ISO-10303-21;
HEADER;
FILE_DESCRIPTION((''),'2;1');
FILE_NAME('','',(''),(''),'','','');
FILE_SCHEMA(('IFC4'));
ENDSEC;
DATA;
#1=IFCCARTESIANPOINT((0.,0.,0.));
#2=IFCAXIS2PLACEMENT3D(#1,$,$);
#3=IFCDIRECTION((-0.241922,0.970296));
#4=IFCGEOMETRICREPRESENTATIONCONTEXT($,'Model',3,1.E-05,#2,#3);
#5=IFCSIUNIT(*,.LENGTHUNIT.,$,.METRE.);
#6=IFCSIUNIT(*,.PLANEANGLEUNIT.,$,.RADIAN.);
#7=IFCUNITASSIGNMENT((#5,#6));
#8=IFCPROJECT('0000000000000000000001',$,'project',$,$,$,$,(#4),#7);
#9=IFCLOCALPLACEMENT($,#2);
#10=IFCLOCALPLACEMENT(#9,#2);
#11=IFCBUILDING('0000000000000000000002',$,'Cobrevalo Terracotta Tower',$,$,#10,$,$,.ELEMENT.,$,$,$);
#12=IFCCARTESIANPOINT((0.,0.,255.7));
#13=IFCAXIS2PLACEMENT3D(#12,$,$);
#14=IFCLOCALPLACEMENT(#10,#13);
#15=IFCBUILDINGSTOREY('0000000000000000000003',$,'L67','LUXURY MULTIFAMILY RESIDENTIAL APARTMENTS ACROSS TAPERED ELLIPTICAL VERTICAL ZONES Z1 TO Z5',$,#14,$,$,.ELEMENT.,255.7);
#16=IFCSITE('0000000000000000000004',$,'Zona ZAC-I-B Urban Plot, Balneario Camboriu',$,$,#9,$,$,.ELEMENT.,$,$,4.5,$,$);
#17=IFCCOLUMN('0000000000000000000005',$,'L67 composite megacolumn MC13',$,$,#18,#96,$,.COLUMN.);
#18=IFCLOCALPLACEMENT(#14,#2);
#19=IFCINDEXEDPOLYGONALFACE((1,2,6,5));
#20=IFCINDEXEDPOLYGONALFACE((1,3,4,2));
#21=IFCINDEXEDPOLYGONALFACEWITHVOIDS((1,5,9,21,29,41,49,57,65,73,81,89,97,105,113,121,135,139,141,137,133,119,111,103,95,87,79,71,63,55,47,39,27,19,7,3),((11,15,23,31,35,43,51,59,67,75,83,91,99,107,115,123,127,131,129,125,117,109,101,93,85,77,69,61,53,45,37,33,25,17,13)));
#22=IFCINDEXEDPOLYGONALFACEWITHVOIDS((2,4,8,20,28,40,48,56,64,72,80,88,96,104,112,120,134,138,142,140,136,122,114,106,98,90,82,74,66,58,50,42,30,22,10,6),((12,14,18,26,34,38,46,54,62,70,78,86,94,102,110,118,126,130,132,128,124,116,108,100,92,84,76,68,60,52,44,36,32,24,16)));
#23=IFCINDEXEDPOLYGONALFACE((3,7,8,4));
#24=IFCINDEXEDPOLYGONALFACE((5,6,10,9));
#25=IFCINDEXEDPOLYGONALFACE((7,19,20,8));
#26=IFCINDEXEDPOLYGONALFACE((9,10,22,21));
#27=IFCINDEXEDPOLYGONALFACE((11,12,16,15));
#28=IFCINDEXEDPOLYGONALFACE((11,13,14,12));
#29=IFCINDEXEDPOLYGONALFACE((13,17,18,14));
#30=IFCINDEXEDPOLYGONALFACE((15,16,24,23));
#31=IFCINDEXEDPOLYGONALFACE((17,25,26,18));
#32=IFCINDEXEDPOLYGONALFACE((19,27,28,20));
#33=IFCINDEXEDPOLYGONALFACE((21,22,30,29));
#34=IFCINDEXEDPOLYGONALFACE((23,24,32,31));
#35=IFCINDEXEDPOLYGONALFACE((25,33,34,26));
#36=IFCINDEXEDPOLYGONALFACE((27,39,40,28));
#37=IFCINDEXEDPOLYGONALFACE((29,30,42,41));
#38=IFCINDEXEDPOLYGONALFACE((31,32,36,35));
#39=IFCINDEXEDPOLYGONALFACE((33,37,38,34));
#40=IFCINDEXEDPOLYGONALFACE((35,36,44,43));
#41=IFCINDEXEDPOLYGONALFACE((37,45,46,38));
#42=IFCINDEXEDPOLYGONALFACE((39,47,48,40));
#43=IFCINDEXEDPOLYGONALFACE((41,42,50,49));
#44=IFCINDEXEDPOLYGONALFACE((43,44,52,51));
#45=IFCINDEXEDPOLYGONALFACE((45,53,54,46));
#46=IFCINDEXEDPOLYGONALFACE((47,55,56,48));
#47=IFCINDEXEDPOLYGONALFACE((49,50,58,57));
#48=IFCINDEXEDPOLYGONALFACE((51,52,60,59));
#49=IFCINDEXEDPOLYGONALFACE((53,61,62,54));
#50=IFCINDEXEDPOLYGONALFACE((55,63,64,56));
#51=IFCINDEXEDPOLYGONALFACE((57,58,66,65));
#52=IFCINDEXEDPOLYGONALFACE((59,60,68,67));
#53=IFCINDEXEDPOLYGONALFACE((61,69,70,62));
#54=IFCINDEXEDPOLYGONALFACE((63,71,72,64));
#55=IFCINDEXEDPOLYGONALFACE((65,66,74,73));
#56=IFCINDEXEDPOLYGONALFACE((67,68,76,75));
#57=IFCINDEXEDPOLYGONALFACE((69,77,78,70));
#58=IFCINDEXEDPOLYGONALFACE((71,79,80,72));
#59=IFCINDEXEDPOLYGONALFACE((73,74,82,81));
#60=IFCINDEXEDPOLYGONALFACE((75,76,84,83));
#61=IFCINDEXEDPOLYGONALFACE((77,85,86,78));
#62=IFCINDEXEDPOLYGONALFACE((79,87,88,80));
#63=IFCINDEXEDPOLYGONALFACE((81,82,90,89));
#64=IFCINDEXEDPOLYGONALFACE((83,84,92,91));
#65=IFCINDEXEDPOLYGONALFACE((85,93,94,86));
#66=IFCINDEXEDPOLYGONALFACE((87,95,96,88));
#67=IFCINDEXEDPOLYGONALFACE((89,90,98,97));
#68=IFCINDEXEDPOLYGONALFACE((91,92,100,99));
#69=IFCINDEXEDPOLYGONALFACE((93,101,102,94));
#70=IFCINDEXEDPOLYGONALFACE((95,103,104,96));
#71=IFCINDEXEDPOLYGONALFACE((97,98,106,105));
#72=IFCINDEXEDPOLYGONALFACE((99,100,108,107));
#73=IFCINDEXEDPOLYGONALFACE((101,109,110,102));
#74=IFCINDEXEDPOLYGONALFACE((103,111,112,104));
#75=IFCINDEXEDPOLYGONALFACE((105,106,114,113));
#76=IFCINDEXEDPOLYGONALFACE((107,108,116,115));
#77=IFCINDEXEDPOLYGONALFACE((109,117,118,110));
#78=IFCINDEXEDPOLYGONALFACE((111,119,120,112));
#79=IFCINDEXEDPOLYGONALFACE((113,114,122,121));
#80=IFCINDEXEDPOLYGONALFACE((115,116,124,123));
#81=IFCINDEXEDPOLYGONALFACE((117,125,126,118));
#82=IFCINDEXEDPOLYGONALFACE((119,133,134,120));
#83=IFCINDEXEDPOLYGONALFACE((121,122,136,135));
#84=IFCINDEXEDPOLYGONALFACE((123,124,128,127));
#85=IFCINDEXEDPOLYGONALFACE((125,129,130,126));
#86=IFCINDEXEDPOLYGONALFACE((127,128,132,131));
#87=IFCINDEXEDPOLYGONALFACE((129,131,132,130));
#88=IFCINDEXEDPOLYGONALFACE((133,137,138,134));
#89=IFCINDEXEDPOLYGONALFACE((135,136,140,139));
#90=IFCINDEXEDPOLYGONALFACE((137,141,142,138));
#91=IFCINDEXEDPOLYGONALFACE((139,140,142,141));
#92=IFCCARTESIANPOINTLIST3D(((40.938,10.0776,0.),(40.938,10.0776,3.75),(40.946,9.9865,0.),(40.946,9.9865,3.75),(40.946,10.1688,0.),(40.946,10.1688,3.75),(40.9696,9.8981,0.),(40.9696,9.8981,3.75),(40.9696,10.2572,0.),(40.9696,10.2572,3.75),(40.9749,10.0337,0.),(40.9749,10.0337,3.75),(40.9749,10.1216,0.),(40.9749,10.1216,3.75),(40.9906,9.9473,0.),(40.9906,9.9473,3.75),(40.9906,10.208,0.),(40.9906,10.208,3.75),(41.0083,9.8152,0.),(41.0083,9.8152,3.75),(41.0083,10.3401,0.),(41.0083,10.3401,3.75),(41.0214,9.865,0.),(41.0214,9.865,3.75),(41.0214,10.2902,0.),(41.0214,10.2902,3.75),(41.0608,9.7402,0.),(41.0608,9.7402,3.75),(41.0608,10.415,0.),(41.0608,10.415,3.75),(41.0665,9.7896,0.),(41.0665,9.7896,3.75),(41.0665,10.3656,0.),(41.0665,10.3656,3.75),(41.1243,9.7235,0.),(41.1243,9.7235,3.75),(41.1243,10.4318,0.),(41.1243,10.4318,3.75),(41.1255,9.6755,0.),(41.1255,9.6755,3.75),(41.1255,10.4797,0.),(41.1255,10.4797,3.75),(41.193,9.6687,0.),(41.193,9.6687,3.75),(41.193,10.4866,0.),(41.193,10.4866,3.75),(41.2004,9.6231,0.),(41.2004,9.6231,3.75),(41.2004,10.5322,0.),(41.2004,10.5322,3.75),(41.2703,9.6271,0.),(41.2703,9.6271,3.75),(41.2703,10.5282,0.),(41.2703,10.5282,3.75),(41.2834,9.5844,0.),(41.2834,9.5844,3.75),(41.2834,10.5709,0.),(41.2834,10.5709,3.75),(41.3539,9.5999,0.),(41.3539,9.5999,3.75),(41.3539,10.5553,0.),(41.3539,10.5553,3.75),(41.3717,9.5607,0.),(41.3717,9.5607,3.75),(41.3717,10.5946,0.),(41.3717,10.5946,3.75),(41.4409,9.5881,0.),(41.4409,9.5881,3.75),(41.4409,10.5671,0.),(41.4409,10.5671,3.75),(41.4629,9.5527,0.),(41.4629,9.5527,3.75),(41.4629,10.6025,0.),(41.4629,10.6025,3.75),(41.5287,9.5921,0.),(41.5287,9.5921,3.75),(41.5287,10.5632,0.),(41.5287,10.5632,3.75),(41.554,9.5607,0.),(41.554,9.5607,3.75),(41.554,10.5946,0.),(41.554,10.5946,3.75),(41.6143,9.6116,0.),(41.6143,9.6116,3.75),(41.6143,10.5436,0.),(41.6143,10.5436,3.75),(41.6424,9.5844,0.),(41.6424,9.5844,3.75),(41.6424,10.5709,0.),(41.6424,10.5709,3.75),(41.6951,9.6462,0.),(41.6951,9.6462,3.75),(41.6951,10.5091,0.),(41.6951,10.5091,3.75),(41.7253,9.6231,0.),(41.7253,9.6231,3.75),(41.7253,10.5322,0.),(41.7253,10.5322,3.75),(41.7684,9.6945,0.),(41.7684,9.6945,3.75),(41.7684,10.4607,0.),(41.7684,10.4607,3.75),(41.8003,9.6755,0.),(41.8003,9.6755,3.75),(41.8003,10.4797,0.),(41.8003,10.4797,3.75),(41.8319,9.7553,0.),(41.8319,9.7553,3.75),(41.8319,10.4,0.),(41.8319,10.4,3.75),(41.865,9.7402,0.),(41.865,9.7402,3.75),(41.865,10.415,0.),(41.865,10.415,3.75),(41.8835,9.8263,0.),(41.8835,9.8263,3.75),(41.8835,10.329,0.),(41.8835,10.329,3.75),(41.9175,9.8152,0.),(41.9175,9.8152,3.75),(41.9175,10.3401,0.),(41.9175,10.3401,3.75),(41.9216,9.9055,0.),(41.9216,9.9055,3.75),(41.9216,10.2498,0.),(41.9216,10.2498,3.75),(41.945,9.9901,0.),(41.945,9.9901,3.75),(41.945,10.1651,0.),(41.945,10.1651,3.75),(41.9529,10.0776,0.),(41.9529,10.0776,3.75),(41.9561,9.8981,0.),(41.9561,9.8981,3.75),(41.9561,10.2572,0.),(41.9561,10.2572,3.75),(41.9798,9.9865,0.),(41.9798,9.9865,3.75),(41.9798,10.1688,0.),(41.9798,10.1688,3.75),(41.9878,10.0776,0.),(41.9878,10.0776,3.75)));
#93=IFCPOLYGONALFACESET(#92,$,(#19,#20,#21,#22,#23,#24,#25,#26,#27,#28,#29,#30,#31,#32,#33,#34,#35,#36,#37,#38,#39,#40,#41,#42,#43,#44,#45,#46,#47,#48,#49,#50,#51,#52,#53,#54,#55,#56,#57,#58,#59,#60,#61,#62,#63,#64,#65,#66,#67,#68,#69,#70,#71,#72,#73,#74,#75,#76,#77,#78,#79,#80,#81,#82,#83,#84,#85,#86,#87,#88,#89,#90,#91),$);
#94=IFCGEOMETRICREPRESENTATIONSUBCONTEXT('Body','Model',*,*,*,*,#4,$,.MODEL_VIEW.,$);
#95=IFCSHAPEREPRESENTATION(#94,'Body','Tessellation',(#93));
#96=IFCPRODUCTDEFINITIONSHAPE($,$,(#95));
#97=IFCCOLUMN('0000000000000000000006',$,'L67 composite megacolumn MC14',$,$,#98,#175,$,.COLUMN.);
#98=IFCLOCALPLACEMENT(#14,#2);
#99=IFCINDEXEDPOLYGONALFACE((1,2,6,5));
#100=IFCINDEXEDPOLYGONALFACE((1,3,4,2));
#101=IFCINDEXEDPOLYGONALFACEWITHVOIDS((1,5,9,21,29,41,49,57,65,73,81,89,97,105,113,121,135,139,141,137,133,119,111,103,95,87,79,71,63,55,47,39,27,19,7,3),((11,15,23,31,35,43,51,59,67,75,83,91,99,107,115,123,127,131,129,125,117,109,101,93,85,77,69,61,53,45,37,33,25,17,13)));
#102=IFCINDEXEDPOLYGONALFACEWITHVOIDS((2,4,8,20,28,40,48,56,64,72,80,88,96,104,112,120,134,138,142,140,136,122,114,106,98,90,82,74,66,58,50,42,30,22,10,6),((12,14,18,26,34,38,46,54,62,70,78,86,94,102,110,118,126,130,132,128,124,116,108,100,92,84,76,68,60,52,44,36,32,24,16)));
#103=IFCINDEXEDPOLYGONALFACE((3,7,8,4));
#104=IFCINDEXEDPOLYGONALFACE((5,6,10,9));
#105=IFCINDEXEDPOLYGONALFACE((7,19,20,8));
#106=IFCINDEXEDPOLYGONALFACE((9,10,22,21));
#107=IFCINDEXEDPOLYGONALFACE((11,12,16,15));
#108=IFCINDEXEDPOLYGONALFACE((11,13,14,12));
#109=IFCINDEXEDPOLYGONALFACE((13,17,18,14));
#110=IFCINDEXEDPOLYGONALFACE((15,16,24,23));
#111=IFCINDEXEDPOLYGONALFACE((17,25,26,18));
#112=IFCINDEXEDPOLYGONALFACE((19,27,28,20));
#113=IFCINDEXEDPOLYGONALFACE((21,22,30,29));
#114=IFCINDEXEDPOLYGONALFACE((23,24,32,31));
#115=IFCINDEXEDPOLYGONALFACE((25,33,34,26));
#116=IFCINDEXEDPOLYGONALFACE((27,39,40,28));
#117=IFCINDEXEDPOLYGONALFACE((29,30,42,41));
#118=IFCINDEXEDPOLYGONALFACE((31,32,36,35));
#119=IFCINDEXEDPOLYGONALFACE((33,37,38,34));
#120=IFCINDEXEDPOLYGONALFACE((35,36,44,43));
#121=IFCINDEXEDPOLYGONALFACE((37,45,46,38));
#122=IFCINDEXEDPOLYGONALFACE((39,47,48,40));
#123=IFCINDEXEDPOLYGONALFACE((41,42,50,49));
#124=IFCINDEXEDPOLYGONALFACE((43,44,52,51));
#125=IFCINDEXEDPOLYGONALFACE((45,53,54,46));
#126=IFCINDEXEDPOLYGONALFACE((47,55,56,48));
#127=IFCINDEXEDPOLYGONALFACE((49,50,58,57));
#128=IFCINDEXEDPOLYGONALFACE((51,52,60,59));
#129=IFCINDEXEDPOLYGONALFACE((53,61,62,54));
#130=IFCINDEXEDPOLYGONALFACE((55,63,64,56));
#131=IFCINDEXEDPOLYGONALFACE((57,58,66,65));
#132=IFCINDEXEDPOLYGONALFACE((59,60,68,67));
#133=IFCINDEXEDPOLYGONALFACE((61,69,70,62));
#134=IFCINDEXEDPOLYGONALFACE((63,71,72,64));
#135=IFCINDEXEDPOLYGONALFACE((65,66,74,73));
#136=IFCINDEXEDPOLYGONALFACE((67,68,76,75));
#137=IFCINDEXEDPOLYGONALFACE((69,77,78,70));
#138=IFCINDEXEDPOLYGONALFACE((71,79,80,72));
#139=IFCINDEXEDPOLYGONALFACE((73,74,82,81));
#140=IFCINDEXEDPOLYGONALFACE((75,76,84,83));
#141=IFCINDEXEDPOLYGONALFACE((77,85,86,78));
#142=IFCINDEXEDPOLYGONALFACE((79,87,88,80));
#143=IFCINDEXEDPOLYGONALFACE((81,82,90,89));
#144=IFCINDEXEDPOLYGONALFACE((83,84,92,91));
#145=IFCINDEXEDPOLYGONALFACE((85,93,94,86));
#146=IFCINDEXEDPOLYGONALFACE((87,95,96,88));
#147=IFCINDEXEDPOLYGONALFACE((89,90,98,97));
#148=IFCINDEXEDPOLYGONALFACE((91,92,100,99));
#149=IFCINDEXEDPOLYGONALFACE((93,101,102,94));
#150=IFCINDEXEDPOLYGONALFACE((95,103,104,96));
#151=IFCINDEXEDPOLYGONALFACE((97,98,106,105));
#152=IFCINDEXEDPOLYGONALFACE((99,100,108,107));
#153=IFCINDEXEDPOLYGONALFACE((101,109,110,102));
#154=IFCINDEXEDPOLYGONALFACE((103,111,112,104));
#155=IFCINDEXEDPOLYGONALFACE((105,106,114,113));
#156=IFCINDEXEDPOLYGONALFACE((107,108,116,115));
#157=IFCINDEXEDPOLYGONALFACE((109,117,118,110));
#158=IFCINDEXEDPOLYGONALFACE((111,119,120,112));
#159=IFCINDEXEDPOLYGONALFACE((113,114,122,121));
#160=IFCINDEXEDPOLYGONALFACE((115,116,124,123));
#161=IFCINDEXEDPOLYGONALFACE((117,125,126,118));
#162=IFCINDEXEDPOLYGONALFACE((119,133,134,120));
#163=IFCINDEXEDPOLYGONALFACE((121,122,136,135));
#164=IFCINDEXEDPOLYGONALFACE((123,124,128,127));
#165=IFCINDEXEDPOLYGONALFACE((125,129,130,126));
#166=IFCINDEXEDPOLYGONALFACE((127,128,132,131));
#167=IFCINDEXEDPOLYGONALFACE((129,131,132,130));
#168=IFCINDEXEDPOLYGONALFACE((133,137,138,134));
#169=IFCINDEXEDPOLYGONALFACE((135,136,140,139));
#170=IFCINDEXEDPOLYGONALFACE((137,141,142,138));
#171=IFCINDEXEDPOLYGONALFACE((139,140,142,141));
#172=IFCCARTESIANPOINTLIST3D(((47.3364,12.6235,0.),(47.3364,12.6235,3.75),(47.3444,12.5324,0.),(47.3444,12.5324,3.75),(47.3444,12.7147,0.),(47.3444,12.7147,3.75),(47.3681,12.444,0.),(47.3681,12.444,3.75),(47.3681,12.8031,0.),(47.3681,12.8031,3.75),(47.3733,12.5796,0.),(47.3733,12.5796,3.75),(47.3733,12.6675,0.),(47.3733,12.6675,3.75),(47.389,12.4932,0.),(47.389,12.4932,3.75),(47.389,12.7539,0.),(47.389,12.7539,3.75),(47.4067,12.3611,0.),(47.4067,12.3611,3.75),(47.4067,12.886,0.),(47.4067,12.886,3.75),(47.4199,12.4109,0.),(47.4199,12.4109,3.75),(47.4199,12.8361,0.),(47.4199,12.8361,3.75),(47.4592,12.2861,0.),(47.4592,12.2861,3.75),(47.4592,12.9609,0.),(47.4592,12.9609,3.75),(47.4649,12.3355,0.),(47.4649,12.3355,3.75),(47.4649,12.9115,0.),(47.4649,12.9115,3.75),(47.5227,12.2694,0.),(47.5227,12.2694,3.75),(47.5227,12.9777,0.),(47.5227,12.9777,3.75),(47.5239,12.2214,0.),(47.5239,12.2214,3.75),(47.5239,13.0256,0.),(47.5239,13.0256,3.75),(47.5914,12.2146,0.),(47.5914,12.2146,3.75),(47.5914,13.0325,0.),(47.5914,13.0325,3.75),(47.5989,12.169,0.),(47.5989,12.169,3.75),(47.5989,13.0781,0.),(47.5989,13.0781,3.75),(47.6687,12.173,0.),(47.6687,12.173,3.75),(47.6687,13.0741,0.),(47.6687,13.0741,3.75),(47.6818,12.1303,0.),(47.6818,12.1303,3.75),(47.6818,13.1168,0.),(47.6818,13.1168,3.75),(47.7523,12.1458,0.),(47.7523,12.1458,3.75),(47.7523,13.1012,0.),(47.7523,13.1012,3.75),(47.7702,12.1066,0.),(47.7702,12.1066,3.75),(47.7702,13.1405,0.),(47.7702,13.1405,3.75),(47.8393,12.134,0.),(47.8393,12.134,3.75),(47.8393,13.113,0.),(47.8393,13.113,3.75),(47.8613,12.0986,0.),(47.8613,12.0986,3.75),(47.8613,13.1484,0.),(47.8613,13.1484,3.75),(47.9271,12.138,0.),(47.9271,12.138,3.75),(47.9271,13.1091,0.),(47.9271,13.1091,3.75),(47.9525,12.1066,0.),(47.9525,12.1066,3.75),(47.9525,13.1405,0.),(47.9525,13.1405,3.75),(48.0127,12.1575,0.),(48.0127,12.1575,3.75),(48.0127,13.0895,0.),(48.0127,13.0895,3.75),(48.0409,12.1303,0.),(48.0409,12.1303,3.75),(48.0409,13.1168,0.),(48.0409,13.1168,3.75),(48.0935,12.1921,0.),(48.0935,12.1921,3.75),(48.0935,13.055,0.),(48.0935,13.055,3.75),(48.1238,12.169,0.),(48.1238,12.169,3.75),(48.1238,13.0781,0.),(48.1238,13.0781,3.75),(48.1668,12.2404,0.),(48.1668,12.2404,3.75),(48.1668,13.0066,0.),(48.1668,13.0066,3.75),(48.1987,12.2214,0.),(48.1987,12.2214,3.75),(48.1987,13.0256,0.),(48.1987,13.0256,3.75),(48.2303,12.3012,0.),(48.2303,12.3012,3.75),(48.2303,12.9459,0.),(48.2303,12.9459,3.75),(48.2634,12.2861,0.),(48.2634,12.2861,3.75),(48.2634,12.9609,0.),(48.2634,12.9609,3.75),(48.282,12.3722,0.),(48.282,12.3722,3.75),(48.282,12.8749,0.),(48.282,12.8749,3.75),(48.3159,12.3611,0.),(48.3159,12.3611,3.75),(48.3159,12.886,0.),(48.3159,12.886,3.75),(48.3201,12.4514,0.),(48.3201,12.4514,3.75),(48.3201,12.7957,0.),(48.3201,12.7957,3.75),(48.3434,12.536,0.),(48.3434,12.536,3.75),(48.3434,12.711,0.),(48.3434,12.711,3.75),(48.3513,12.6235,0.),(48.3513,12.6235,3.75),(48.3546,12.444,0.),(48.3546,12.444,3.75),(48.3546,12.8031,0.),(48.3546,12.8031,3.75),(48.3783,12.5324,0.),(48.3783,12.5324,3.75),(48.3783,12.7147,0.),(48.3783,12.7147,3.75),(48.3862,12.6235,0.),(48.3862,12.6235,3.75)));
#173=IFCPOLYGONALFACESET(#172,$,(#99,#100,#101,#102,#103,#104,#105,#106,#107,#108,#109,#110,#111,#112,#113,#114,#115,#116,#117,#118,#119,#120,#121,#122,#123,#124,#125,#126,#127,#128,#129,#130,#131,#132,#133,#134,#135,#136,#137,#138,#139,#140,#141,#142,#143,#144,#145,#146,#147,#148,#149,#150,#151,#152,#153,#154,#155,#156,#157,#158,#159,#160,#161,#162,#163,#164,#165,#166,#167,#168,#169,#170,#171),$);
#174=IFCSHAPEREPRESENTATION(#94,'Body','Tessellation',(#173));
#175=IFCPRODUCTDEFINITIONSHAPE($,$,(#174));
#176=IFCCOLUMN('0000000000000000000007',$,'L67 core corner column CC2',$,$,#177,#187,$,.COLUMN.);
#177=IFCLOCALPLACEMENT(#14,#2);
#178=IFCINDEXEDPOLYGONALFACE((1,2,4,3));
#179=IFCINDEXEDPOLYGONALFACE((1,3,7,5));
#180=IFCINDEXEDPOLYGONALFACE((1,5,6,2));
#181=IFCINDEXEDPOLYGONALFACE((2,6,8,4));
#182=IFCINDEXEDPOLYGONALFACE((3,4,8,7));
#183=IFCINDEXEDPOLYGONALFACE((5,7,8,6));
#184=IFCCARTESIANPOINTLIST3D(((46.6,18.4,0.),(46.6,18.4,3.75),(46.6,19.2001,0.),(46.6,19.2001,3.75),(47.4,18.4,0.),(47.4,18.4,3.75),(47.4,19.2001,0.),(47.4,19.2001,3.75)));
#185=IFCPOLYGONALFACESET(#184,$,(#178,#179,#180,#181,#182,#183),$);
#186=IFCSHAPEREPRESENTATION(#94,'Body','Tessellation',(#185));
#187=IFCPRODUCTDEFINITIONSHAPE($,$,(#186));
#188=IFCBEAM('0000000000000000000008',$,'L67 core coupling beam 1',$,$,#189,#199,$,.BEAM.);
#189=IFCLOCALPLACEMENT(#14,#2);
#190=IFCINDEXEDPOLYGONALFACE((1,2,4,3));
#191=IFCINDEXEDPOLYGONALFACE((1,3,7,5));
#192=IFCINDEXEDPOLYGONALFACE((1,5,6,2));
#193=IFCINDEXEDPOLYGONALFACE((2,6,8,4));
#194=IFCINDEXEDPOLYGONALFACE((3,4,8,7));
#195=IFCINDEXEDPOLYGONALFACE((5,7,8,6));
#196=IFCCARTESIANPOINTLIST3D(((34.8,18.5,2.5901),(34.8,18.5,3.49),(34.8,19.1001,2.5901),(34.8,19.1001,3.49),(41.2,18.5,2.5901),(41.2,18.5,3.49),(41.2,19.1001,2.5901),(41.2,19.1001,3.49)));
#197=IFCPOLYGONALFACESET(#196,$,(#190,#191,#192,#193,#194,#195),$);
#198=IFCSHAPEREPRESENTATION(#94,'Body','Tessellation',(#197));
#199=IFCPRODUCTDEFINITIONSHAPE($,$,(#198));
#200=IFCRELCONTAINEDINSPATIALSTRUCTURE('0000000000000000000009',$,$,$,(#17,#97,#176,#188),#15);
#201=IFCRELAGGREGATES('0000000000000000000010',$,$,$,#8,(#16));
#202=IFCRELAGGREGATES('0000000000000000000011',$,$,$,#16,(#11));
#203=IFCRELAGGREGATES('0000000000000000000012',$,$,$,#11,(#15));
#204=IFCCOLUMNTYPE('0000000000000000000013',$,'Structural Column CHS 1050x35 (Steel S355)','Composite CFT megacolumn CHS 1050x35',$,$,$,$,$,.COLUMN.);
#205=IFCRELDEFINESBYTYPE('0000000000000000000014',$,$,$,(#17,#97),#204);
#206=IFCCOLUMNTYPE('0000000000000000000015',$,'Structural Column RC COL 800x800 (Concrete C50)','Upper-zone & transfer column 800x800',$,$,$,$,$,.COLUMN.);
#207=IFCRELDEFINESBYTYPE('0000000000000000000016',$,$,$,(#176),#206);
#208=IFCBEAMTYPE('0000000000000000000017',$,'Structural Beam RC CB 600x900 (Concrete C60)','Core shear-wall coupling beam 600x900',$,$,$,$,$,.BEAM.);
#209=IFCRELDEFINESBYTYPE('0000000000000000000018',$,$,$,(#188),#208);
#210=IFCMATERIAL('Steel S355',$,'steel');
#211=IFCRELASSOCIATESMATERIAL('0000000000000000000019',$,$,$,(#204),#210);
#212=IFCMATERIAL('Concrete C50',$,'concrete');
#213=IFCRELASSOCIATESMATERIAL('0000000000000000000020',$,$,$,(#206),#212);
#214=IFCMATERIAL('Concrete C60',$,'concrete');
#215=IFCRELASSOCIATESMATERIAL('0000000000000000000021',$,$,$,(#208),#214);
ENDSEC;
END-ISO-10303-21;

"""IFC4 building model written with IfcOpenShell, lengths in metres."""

from ifc_helpers import new_model, si_unit, direction, frame, origin, origin_2d, place, context, subcontext, project, spatial, rectangle, hollow_circle, extrude, material, material_profile, profile_set, type_object, element, save


model = new_model("IFC4")

# Units and contexts
model_context = context("Model", 3, precision=1e-05, world=origin(), true_north=direction((-0.241922, 0.970296)))
body_context = subcontext(model_context, "Body", "Model", "MODEL_VIEW")
ifc_project = project(units=[si_unit("LENGTHUNIT", "METRE"), si_unit("PLANEANGLEUNIT", "RADIAN")], contexts=[model_context])

# Site, building, storey
site_placement = place(None, origin())
site = spatial("IfcSite", under=ifc_project, at=site_placement, Name="Zona ZAC-I-B Urban Plot, Balneario Camboriu", CompositionType="ELEMENT", RefElevation=4.5)
building_placement = place(site_placement, origin())
building = spatial("IfcBuilding", under=site, at=building_placement, Name="Cobrevalo Terracotta Tower", CompositionType="ELEMENT")
storey_placement = place(building_placement, frame((0.0, 0.0, 255.7)))
storey = spatial("IfcBuildingStorey", under=building, at=storey_placement, Name="L67", Description="LUXURY MULTIFAMILY RESIDENTIAL APARTMENTS ACROSS TAPERED ELLIPTICAL VERTICAL ZONES Z1 TO Z5", CompositionType="ELEMENT", Elevation=255.7)

# Columns
ifc_material_1 = material(Name="Steel S355", Category="steel")
ifc_material_profile_1 = material_profile(ifc_material_1, hollow_circle(Radius=0.5249, WallThickness=0.0349, at=origin_2d()), Name="CHS 1050x35")
ifc_profile_set_1 = profile_set([ifc_material_profile_1], Name="Steel S355")
column_type_1 = type_object("IfcColumnType", Name="Structural Column CHS 1050x35 (Steel S355)", Description="Composite CFT megacolumn CHS 1050x35", PredefinedType="COLUMN", material=ifc_profile_set_1)
for number, where, z_axis, x_axis, name in (
    (1, (41.4629, 10.0776, 0.0), (0.0, 0.0, 1.0), (1.0, 0.0, 0.0), "L67 composite megacolumn MC13"),
    (2, (47.8613, 12.6235, 0.0), (0.0, 0.0, 1.0), (1.0, 0.0, 0.0), "L67 composite megacolumn MC14"),
):
    element("IfcColumn", number, at=place(storey_placement, frame(where, z_axis=z_axis, x_axis=x_axis)), inside=storey, type_object=column_type_1, Name=name, PredefinedType="COLUMN", context=body_context, shape_type="SweptSolid", body=[
        extrude(hollow_circle(Radius=0.5249, WallThickness=0.0349, at=origin_2d()), origin(), (0.0, 0.0, 1.0), 3.75),
    ])
ifc_material_2 = material(Name="Concrete C50", Category="concrete")
ifc_material_profile_2 = material_profile(ifc_material_2, rectangle(XDim=0.8, YDim=0.8, at=origin_2d()), Name="RC COL 800x800")
ifc_profile_set_2 = profile_set([ifc_material_profile_2], Name="Concrete C50")
column_type_2 = type_object("IfcColumnType", Name="Structural Column RC COL 800x800 (Concrete C50)", Description="Upper-zone & transfer column 800x800", PredefinedType="COLUMN", material=ifc_profile_set_2)
column_placement = place(storey_placement, frame((47.0, 18.8, 0.0), z_axis=(0.0, 0.0, 1.0), x_axis=(1.0, 0.0, 0.0)))
element("IfcColumn", 3, at=column_placement, inside=storey, type_object=column_type_2, Name="L67 core corner column CC2", PredefinedType="COLUMN", context=body_context, shape_type="SweptSolid", body=[
    extrude(rectangle(XDim=0.8, YDim=0.8, at=origin_2d()), origin(), (0.0, 0.0, 1.0), 3.75),
])

# Beam
ifc_material_3 = material(Name="Concrete C60", Category="concrete")
ifc_material_profile_3 = material_profile(ifc_material_3, rectangle(XDim=0.6001, YDim=0.8999, at=origin_2d()), Name="RC CB 600x900")
ifc_profile_set_3 = profile_set([ifc_material_profile_3], Name="Concrete C60")
beam_type_1 = type_object("IfcBeamType", Name="Structural Beam RC CB 600x900 (Concrete C60)", Description="Core shear-wall coupling beam 600x900", PredefinedType="BEAM", material=ifc_profile_set_3)
beam_1_placement = place(storey_placement, frame((34.8, 18.8, 3.04), z_axis=(1.0, 0.0, 0.0), x_axis=(0.0, 1.0, 0.0)))
element("IfcBeam", 4, at=beam_1_placement, inside=storey, type_object=beam_type_1, Name="L67 core coupling beam 1", PredefinedType="BEAM", context=body_context, shape_type="SweptSolid", body=[
    extrude(rectangle(XDim=0.6001, YDim=0.8999, at=origin_2d()), origin(), (0.0, 0.0, 1.0), 6.3999),
])

save(model, "model.ifc")
